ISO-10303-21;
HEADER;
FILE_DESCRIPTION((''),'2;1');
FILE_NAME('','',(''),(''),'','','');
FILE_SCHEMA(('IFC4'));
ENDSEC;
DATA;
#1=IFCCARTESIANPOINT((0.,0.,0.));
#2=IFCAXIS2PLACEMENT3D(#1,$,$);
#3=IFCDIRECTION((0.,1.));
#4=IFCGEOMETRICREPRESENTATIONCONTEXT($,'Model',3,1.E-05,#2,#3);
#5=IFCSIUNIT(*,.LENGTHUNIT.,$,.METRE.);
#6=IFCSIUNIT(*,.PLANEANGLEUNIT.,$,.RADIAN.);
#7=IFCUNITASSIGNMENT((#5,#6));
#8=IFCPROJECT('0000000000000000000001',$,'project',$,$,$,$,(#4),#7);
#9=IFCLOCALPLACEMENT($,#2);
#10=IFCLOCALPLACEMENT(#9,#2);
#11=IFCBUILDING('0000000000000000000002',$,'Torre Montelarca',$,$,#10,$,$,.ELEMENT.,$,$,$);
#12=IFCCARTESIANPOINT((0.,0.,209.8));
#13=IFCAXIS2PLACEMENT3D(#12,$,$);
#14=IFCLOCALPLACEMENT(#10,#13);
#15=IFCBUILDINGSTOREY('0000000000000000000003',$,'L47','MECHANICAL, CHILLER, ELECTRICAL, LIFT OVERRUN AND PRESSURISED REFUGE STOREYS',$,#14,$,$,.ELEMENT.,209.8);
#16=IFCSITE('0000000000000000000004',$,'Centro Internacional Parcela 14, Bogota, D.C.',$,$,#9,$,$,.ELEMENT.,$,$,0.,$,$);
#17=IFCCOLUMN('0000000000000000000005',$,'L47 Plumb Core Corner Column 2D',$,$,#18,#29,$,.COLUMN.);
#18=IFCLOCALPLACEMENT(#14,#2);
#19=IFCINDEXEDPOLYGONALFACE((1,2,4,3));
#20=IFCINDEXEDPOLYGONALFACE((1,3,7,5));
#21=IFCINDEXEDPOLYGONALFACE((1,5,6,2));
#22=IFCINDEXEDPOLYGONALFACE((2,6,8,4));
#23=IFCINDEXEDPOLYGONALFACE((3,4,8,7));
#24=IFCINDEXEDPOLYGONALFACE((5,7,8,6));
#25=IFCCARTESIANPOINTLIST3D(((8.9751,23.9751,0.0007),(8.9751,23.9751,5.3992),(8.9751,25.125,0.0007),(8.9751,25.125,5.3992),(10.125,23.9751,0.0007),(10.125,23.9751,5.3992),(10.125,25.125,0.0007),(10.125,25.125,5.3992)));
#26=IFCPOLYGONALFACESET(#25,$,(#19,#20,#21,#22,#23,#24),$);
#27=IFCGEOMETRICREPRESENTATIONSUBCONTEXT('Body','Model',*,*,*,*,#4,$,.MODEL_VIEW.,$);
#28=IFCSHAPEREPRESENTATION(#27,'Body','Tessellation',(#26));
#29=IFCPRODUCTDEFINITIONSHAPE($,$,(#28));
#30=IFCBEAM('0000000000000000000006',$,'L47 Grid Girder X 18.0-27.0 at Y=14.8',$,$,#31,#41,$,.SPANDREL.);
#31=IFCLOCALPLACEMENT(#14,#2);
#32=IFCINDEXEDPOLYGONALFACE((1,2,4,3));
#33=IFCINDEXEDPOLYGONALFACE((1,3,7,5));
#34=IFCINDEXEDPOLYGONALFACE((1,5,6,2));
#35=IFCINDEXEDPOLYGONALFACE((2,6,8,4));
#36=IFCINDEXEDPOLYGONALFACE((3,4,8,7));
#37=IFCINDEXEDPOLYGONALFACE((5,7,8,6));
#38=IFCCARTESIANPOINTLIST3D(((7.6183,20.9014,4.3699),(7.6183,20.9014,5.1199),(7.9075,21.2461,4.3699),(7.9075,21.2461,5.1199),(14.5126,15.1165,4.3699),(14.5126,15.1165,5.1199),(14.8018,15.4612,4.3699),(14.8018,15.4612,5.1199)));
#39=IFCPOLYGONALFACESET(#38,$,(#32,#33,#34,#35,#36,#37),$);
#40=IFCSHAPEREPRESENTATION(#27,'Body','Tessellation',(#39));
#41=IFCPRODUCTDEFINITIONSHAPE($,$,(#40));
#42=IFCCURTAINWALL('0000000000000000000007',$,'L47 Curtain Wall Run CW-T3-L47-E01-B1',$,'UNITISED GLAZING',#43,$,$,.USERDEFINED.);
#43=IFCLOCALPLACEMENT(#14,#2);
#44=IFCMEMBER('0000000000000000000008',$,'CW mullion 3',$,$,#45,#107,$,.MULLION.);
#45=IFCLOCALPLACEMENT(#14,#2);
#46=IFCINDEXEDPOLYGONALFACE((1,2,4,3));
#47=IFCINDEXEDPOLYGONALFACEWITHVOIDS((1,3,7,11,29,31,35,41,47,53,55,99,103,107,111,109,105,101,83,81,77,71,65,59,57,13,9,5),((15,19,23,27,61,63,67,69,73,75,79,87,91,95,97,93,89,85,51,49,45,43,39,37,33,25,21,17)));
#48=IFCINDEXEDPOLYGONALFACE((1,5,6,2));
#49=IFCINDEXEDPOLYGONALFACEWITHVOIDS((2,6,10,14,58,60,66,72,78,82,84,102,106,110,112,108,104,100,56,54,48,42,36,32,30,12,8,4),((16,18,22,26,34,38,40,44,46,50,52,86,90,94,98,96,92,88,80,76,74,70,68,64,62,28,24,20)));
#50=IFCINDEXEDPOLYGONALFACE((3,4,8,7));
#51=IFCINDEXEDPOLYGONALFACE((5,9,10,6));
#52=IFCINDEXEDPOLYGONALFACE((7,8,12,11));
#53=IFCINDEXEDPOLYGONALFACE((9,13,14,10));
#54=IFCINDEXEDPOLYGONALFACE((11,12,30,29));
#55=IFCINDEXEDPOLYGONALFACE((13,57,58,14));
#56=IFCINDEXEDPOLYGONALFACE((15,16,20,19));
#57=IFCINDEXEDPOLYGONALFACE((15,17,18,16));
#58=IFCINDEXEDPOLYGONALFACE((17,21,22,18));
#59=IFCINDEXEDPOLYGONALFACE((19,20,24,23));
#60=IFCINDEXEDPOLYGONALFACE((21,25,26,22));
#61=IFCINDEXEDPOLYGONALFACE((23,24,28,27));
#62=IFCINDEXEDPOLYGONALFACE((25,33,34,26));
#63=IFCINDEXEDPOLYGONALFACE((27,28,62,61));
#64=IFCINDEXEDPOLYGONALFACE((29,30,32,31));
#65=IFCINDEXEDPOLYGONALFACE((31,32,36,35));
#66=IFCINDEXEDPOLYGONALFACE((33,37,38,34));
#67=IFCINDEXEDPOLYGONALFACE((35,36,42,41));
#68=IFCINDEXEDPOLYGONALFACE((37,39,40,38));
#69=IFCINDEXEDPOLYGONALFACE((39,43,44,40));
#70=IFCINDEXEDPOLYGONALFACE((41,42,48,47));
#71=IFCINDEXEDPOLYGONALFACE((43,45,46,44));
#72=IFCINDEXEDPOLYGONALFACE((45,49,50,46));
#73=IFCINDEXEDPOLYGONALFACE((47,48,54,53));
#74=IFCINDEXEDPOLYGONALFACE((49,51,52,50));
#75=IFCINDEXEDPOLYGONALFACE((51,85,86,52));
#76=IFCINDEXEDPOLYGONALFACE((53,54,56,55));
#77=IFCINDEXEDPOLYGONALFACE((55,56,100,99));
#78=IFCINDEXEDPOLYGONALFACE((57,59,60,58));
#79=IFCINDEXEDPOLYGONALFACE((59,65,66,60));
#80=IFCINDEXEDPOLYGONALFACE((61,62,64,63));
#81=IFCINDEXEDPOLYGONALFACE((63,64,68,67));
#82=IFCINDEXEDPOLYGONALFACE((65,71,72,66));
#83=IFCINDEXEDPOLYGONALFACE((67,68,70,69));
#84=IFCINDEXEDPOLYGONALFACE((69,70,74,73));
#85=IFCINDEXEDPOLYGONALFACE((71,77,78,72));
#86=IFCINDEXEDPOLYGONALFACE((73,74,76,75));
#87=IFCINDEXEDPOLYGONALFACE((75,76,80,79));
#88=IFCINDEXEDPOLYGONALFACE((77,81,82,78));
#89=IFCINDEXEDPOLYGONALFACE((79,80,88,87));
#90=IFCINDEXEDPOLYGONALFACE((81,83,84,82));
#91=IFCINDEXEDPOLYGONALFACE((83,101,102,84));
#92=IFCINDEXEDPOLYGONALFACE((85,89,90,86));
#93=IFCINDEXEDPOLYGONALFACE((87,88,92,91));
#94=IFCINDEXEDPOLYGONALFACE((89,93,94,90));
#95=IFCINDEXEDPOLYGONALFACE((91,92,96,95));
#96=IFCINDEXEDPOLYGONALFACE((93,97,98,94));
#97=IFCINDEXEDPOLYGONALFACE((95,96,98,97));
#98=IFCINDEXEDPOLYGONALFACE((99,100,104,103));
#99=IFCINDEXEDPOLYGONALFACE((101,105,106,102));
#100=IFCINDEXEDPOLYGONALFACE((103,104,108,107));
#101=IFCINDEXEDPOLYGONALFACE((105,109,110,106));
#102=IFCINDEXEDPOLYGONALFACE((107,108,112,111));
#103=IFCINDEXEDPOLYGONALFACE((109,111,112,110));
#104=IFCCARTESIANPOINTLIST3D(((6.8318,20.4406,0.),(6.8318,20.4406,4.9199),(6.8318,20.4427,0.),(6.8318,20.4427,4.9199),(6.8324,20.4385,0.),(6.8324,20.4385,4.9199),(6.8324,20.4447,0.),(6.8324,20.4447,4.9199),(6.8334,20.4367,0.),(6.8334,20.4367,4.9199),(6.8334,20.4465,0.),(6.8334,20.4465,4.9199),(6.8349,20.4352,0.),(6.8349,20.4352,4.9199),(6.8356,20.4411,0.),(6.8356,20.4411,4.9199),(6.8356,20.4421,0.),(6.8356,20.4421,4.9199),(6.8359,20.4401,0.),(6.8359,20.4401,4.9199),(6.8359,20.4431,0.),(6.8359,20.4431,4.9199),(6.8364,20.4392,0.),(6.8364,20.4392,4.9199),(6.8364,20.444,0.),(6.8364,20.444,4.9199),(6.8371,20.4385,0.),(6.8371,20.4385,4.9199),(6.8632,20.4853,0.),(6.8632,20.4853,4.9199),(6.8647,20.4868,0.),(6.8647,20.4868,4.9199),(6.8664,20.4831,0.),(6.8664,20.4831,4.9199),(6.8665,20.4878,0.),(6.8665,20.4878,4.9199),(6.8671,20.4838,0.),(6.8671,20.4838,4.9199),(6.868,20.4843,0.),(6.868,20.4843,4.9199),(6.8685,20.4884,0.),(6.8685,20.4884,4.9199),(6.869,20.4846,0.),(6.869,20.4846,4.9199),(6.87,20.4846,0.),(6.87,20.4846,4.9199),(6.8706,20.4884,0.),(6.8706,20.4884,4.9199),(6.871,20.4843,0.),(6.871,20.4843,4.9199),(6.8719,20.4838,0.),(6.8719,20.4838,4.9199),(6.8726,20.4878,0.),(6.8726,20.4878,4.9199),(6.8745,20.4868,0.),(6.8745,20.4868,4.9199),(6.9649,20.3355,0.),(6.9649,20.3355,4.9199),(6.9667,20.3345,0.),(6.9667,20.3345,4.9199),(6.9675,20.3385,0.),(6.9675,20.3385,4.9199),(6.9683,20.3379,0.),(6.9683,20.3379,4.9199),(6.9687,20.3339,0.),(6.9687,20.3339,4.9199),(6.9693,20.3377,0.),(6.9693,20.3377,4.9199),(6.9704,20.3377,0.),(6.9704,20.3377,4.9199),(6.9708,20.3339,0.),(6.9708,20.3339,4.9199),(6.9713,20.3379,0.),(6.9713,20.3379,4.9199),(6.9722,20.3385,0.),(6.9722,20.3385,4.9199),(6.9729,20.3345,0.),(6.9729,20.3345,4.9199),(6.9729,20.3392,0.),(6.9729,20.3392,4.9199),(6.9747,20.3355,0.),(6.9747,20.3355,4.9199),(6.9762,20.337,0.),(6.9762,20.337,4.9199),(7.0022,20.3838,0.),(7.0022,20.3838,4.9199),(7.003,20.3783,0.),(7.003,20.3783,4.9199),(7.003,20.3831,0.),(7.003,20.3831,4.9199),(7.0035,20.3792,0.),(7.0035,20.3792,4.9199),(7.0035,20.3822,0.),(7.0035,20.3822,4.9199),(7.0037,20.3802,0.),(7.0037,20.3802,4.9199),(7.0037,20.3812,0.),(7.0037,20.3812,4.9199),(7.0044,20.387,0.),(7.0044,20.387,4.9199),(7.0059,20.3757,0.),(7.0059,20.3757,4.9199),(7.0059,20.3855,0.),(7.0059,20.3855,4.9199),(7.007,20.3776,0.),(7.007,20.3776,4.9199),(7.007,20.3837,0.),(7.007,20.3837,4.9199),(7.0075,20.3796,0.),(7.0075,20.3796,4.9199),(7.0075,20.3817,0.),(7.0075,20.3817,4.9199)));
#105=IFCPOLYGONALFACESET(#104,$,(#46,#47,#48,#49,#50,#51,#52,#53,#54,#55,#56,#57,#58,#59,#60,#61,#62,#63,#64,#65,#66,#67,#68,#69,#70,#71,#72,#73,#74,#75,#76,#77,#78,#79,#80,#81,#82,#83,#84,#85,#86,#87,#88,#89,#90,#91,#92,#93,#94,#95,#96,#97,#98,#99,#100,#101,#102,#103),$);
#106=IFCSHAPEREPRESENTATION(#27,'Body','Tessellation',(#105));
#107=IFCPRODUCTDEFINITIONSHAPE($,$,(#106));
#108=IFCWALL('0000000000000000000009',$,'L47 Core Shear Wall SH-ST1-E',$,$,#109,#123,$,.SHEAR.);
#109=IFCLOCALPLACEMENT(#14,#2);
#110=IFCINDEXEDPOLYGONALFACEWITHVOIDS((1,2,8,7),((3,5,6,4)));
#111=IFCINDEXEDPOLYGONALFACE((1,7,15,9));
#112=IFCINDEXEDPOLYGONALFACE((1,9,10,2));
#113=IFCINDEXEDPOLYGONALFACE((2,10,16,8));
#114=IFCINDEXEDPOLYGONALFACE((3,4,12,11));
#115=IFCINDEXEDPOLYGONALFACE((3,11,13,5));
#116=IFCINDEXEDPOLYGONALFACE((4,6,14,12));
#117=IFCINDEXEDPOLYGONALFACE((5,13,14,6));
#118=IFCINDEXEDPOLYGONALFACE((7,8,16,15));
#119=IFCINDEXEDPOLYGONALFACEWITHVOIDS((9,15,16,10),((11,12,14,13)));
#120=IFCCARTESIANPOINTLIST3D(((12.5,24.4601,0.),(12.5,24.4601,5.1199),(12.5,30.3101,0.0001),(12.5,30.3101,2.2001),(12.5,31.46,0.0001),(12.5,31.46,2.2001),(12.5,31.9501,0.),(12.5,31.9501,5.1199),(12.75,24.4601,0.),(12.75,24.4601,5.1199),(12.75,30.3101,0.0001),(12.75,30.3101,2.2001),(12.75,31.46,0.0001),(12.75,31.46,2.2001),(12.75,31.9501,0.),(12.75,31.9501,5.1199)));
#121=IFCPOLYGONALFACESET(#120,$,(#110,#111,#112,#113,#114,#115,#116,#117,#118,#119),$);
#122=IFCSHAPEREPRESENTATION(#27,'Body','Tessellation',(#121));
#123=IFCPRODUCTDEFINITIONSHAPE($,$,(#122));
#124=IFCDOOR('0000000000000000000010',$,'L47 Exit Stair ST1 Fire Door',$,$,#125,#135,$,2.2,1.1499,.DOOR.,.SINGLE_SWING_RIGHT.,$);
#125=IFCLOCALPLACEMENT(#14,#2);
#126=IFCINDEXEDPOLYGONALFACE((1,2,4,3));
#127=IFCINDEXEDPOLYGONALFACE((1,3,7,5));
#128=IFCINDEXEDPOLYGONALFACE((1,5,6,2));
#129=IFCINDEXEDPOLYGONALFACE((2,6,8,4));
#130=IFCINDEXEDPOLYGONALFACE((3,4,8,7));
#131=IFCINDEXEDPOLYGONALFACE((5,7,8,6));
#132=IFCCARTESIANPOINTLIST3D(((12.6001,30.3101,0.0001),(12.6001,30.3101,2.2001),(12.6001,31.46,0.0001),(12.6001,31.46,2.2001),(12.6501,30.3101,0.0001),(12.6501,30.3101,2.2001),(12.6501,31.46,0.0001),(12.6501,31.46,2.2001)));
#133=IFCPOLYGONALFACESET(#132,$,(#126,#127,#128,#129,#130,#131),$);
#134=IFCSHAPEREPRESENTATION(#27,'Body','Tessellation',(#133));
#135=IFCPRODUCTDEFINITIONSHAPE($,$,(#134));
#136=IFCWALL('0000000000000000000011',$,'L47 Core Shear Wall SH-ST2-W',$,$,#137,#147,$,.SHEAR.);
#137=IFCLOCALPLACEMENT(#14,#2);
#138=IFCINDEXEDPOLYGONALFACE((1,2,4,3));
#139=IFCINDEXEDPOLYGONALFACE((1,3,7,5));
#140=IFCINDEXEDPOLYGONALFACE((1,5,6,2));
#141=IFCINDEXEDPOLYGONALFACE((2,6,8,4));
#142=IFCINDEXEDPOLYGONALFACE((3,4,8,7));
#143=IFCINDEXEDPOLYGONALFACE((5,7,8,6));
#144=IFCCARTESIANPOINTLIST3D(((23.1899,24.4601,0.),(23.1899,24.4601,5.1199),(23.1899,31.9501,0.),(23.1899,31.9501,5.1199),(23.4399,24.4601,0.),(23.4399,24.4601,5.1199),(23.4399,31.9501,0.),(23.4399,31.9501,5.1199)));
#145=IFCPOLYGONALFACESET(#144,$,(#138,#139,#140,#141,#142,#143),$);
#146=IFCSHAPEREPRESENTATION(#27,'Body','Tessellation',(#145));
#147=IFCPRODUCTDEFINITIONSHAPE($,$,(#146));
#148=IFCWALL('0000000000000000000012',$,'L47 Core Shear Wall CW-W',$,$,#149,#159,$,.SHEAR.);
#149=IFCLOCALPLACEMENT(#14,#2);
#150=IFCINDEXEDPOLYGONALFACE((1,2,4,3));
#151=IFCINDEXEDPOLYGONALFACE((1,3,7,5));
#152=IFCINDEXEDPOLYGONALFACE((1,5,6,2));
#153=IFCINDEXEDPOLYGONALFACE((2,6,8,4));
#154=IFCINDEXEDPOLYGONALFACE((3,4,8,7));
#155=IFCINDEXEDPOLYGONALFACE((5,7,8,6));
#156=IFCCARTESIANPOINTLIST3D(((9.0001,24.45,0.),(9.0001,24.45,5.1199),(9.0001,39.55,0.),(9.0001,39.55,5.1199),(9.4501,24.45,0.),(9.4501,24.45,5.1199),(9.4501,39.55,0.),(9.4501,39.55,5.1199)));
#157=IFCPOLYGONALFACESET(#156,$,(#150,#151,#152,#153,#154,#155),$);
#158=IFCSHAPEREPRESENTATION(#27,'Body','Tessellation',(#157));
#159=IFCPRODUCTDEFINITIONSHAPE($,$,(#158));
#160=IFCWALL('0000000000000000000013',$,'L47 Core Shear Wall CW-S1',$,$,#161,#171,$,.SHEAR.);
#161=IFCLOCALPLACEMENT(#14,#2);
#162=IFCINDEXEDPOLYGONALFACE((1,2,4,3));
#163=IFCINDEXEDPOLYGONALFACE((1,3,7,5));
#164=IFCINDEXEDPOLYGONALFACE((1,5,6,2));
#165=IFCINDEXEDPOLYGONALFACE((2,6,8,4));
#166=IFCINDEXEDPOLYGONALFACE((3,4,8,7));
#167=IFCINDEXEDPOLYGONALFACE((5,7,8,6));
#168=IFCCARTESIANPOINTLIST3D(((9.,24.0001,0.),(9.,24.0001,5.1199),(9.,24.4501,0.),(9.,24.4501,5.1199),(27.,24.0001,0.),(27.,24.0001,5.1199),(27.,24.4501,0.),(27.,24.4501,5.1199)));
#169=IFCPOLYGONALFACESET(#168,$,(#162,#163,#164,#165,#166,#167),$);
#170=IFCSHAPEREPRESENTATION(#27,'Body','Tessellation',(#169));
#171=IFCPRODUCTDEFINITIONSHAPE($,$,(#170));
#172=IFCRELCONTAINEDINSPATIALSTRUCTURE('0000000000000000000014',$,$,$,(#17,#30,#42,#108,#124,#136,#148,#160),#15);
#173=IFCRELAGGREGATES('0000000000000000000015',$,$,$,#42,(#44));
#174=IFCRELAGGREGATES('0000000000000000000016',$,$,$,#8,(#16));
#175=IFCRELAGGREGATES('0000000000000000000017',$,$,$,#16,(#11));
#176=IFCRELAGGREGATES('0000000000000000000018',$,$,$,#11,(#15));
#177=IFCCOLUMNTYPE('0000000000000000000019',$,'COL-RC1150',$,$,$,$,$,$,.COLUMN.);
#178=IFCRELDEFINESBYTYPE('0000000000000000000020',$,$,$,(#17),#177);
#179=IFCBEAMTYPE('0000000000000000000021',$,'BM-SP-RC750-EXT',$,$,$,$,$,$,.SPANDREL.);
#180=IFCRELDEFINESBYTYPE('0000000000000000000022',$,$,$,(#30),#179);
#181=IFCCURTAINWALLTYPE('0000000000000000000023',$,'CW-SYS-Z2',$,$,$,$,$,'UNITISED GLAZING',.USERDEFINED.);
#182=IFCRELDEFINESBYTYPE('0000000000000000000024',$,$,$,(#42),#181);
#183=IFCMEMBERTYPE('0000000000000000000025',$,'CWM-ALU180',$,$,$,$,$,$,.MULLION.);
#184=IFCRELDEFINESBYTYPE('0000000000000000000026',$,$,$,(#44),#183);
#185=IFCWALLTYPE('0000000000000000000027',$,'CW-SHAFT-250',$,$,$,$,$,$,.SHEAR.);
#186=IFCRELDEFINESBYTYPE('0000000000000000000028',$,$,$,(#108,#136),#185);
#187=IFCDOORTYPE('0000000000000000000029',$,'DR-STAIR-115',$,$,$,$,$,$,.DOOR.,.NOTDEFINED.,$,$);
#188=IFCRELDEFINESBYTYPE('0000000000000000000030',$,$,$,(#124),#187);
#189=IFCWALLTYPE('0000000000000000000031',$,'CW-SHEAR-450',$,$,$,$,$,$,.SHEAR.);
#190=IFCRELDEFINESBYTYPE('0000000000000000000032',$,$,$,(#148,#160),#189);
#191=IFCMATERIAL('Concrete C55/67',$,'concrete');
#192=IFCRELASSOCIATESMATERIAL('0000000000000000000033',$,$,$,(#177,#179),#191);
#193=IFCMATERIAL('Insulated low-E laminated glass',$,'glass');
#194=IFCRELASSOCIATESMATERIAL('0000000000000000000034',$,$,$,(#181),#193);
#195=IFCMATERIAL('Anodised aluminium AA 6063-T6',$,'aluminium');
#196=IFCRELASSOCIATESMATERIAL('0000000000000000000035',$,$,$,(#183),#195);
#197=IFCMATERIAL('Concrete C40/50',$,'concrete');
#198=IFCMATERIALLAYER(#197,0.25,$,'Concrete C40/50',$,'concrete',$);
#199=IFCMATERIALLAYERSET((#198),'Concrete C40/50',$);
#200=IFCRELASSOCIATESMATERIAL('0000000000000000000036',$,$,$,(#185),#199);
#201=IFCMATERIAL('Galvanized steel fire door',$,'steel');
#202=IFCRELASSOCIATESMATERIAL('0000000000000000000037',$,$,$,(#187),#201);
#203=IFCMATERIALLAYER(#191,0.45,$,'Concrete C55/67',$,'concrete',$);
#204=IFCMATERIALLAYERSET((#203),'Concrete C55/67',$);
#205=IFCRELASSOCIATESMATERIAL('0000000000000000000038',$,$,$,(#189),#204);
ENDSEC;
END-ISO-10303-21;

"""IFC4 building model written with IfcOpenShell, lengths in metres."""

from ifc_helpers import new_model, si_unit, direction, frame, frame_2d, origin, origin_2d, place, context, subcontext, project, spatial, rectangle, hollow_rectangle, extrude, source, transform, mapped, material, layer, layer_set, material_profile, profile_set, type_object, element, fill, aggregate, save


model = new_model("IFC4")

# Units and contexts
model_context = context("Model", 3, precision=1e-05, world=origin(), true_north=direction((0.0, 1.0)))
body_context = subcontext(model_context, "Body", "Model", "MODEL_VIEW")
ifc_project = project(units=[si_unit("LENGTHUNIT", "METRE"), si_unit("PLANEANGLEUNIT", "RADIAN")], contexts=[model_context])

# Site, building, storey
site_placement = place(None, origin())
site = spatial("IfcSite", under=ifc_project, at=site_placement, Name="Centro Internacional Parcela 14, Bogota, D.C.", CompositionType="ELEMENT", RefElevation=0.0)
building_placement = place(site_placement, origin())
building = spatial("IfcBuilding", under=site, at=building_placement, Name="Torre Montelarca", CompositionType="ELEMENT")
storey_placement = place(building_placement, frame((0.0, 0.0, 209.8)))
storey = spatial("IfcBuildingStorey", under=building, at=storey_placement, Name="L47", Description="MECHANICAL, CHILLER, ELECTRICAL, LIFT OVERRUN AND PRESSURISED REFUGE STOREYS", CompositionType="ELEMENT", Elevation=209.8)

# Column
ifc_material_1 = material(Name="Concrete C55/67", Category="concrete")
ifc_material_profile_1 = material_profile(ifc_material_1, rectangle(XDim=1.1499, YDim=1.1499, at=origin_2d()), Name="RC1150X1150", Category="concrete")
ifc_profile_set_1 = profile_set([ifc_material_profile_1], Name="Concrete C55/67")
column_type_1 = type_object("IfcColumnType", Name="COL-RC1150", PredefinedType="COLUMN", material=ifc_profile_set_1)
shared_shape_1 = source(origin(), body_context, "Body", "SweptSolid", [
    extrude(rectangle(XDim=1.1499, YDim=1.1499, at=origin_2d()), origin(), (0.0, 0.0, 1.0), 5.3984),
])
column_1_placement = place(storey_placement, frame((9.55, 24.55, 0.0007), z_axis=(0.0, 0.0, 1.0), x_axis=(1.0, 0.0, 0.0)))
element("IfcColumn", 1, at=column_1_placement, inside=storey, type_object=column_type_1, Name="L47 Plumb Core Corner Column 2D", PredefinedType="COLUMN", context=body_context, shape_type="MappedRepresentation", body=[
    mapped(shared_shape_1, transform((0.0, 0.0, 0.0), scale=1.0)),
])

# Beam
ifc_material_profile_2 = material_profile(ifc_material_1, rectangle(XDim=0.45, YDim=0.75, at=origin_2d()), Name="RCB450X750", Category="concrete")
ifc_profile_set_2 = profile_set([ifc_material_profile_2], Name="Concrete C55/67")
beam_type = type_object("IfcBeamType", Name="BM-SP-RC750-EXT", PredefinedType="SPANDREL", material=ifc_profile_set_2)
shared_shape_2 = source(origin(), body_context, "Body", "SweptSolid", [
    extrude(rectangle(XDim=0.45, YDim=0.75, at=origin_2d()), origin(), (0.0, 0.0, 1.0), 8.9998),
])
beam_placement = place(storey_placement, frame((7.7629, 21.0737, 4.7449), z_axis=(0.766049, -0.642782, 0.0), x_axis=(0.642782, 0.766049, 0.0)))
element("IfcBeam", 2, at=beam_placement, inside=storey, type_object=beam_type, Name="L47 Grid Girder X 18.0-27.0 at Y=14.8", PredefinedType="SPANDREL", context=body_context, shape_type="MappedRepresentation", body=[
    mapped(shared_shape_2, transform((0.0, 0.0, 0.0), scale=1.0)),
])

# Curtain wall, member
ifc_material_2 = material(Name="Insulated low-E laminated glass", Category="glass")
curtain_wall_type = type_object("IfcCurtainWallType", Name="CW-SYS-Z2", ElementType="UNITISED GLAZING", PredefinedType="USERDEFINED", material=ifc_material_2)
curtain_wall_placement = place(storey_placement, origin())
curtain_wall = element("IfcCurtainWall", 3, at=curtain_wall_placement, inside=storey, type_object=curtain_wall_type, Name="L47 Curtain Wall Run CW-T3-L47-E01-B1", ObjectType="UNITISED GLAZING", PredefinedType="USERDEFINED")
ifc_material_3 = material(Name="Anodised aluminium AA 6063-T6", Category="aluminium")
ifc_material_profile_3 = material_profile(ifc_material_3, hollow_rectangle(XDim=0.0649, YDim=0.1799, WallThickness=0.0039, InnerFilletRadius=0.0039, OuterFilletRadius=0.0081, at=origin_2d()), Name="ALU65X180X4", Category="aluminium")
ifc_profile_set_3 = profile_set([ifc_material_profile_3], Name="Anodised aluminium AA 6063-T6")
member_type = type_object("IfcMemberType", Name="CWM-ALU180", PredefinedType="MULLION", material=ifc_profile_set_3)
shared_shape_3 = source(origin(), body_context, "Body", "SweptSolid", [
    extrude(hollow_rectangle(XDim=0.0649, YDim=0.1799, WallThickness=0.0039, InnerFilletRadius=0.0039, OuterFilletRadius=0.0081, at=origin_2d()), origin(), (0.0, 0.0, 1.0), 4.9199),
])
member_placement = place(storey_placement, frame((6.9197, 20.4111, 0.0), z_axis=(0.0, 0.0, 1.0), x_axis=(0.608764, 0.793352, 0.0)))
member = element("IfcMember", 4, at=member_placement, type_object=member_type, Name="CW mullion 3", PredefinedType="MULLION", context=body_context, shape_type="MappedRepresentation", body=[
    mapped(shared_shape_3, transform((0.0, 0.0, 0.0), scale=1.0)),
])
aggregate(curtain_wall, [member])

# Wall, opening, door
ifc_material_4 = material(Name="Concrete C40/50", Category="concrete")
ifc_layer_1 = layer(ifc_material_4, 0.25, Name="Concrete C40/50", Category="concrete")
ifc_layer_set_1 = layer_set([ifc_layer_1], Name="Concrete C40/50")
wall_type_1 = type_object("IfcWallType", Name="CW-SHAFT-250", PredefinedType="SHEAR", material=ifc_layer_set_1)
wall_1_placement = place(storey_placement, frame((12.625, 24.46, 0.0), z_axis=(0.0, 0.0, 1.0), x_axis=(0.0, 1.0, 0.0)))
wall_1 = element("IfcWall", 5, at=wall_1_placement, inside=storey, type_object=wall_type_1, Name="L47 Core Shear Wall SH-ST1-E", PredefinedType="SHEAR", context=body_context, shape_type="SweptSolid", body=[
    extrude(rectangle(XDim=7.49, YDim=0.25, at=frame_2d((3.7451, 0.0))), origin(), (0.0, 0.0, 1.0), 5.1199),
])
opening_1_placement = place(wall_1_placement, frame((5.8501, 0.0, 0.0)))
opening_1 = element("IfcOpeningElement", 6, at=opening_1_placement, cuts=wall_1, PredefinedType="OPENING", context=body_context, shape_type="SweptSolid", body=[
    extrude(rectangle(XDim=1.1499, YDim=2.2, at=frame_2d((0.575, 1.1001))), frame((0.0, 0.135, 0.0), z_axis=(0.0, -1.0, 0.0), x_axis=(1.0, 0.0, 0.0)), (0.0, 0.0, 1.0), 0.27),
])
ifc_material_5 = material(Name="Galvanized steel fire door", Category="steel")
door_type_1 = type_object("IfcDoorType", Name="DR-STAIR-115", OperationType="NOTDEFINED", PredefinedType="DOOR", material=ifc_material_5)
shared_shape_4 = source(origin(), body_context, "Body", "SweptSolid", [
    extrude(rectangle(XDim=1.1499, YDim=2.2, at=frame_2d((0.575, 1.1001))), frame((0.0, 0.0249, 0.0), z_axis=(0.0, -1.0, 0.0), x_axis=(1.0, 0.0, 0.0)), (0.0, 0.0, 1.0), 0.05),
])
door_1_placement = place(opening_1_placement, origin())
door_1 = element("IfcDoor", 7, at=door_1_placement, inside=storey, type_object=door_type_1, Name="L47 Exit Stair ST1 Fire Door", OperationType="SINGLE_SWING_RIGHT", OverallHeight=2.2, OverallWidth=1.1499, PredefinedType="DOOR", context=body_context, shape_type="MappedRepresentation", body=[
    mapped(shared_shape_4, transform((0.0, 0.0, 0.0), scale=1.0)),
])
fill(opening_1, door_1)

# Walls
wall_2_placement = place(storey_placement, frame((23.3149, 24.46, 0.0), z_axis=(0.0, 0.0, 1.0), x_axis=(0.0, 1.0, 0.0)))
element("IfcWall", 8, at=wall_2_placement, inside=storey, type_object=wall_type_1, Name="L47 Core Shear Wall SH-ST2-W", PredefinedType="SHEAR", context=body_context, shape_type="SweptSolid", body=[
    extrude(rectangle(XDim=7.49, YDim=0.25, at=frame_2d((3.7451, 0.0))), origin(), (0.0, 0.0, 1.0), 5.1199),
])
ifc_layer_2 = layer(ifc_material_1, 0.45, Name="Concrete C55/67", Category="concrete")
ifc_layer_set_2 = layer_set([ifc_layer_2], Name="Concrete C55/67")
wall_type_2 = type_object("IfcWallType", Name="CW-SHEAR-450", PredefinedType="SHEAR", material=ifc_layer_set_2)
wall_3_placement = place(storey_placement, frame((9.2251, 24.45, 0.0), z_axis=(0.0, 0.0, 1.0), x_axis=(0.0, 1.0, 0.0)))
element("IfcWall", 9, at=wall_3_placement, inside=storey, type_object=wall_type_2, Name="L47 Core Shear Wall CW-W", PredefinedType="SHEAR", context=body_context, shape_type="SweptSolid", body=[
    extrude(rectangle(XDim=15.1001, YDim=0.45, at=frame_2d((7.55, 0.0))), origin(), (0.0, 0.0, 1.0), 5.1199),
])
wall_4_placement = place(storey_placement, frame((9.0, 24.2251, 0.0), z_axis=(0.0, 0.0, 1.0), x_axis=(1.0, 0.0, 0.0)))
element("IfcWall", 10, at=wall_4_placement, inside=storey, type_object=wall_type_2, Name="L47 Core Shear Wall CW-S1", PredefinedType="SHEAR", context=body_context, shape_type="SweptSolid", body=[
    extrude(rectangle(XDim=18.0, YDim=0.45, at=frame_2d((9.0, 0.0))), origin(), (0.0, 0.0, 1.0), 5.1199),
])

save(model, "model.ifc")
